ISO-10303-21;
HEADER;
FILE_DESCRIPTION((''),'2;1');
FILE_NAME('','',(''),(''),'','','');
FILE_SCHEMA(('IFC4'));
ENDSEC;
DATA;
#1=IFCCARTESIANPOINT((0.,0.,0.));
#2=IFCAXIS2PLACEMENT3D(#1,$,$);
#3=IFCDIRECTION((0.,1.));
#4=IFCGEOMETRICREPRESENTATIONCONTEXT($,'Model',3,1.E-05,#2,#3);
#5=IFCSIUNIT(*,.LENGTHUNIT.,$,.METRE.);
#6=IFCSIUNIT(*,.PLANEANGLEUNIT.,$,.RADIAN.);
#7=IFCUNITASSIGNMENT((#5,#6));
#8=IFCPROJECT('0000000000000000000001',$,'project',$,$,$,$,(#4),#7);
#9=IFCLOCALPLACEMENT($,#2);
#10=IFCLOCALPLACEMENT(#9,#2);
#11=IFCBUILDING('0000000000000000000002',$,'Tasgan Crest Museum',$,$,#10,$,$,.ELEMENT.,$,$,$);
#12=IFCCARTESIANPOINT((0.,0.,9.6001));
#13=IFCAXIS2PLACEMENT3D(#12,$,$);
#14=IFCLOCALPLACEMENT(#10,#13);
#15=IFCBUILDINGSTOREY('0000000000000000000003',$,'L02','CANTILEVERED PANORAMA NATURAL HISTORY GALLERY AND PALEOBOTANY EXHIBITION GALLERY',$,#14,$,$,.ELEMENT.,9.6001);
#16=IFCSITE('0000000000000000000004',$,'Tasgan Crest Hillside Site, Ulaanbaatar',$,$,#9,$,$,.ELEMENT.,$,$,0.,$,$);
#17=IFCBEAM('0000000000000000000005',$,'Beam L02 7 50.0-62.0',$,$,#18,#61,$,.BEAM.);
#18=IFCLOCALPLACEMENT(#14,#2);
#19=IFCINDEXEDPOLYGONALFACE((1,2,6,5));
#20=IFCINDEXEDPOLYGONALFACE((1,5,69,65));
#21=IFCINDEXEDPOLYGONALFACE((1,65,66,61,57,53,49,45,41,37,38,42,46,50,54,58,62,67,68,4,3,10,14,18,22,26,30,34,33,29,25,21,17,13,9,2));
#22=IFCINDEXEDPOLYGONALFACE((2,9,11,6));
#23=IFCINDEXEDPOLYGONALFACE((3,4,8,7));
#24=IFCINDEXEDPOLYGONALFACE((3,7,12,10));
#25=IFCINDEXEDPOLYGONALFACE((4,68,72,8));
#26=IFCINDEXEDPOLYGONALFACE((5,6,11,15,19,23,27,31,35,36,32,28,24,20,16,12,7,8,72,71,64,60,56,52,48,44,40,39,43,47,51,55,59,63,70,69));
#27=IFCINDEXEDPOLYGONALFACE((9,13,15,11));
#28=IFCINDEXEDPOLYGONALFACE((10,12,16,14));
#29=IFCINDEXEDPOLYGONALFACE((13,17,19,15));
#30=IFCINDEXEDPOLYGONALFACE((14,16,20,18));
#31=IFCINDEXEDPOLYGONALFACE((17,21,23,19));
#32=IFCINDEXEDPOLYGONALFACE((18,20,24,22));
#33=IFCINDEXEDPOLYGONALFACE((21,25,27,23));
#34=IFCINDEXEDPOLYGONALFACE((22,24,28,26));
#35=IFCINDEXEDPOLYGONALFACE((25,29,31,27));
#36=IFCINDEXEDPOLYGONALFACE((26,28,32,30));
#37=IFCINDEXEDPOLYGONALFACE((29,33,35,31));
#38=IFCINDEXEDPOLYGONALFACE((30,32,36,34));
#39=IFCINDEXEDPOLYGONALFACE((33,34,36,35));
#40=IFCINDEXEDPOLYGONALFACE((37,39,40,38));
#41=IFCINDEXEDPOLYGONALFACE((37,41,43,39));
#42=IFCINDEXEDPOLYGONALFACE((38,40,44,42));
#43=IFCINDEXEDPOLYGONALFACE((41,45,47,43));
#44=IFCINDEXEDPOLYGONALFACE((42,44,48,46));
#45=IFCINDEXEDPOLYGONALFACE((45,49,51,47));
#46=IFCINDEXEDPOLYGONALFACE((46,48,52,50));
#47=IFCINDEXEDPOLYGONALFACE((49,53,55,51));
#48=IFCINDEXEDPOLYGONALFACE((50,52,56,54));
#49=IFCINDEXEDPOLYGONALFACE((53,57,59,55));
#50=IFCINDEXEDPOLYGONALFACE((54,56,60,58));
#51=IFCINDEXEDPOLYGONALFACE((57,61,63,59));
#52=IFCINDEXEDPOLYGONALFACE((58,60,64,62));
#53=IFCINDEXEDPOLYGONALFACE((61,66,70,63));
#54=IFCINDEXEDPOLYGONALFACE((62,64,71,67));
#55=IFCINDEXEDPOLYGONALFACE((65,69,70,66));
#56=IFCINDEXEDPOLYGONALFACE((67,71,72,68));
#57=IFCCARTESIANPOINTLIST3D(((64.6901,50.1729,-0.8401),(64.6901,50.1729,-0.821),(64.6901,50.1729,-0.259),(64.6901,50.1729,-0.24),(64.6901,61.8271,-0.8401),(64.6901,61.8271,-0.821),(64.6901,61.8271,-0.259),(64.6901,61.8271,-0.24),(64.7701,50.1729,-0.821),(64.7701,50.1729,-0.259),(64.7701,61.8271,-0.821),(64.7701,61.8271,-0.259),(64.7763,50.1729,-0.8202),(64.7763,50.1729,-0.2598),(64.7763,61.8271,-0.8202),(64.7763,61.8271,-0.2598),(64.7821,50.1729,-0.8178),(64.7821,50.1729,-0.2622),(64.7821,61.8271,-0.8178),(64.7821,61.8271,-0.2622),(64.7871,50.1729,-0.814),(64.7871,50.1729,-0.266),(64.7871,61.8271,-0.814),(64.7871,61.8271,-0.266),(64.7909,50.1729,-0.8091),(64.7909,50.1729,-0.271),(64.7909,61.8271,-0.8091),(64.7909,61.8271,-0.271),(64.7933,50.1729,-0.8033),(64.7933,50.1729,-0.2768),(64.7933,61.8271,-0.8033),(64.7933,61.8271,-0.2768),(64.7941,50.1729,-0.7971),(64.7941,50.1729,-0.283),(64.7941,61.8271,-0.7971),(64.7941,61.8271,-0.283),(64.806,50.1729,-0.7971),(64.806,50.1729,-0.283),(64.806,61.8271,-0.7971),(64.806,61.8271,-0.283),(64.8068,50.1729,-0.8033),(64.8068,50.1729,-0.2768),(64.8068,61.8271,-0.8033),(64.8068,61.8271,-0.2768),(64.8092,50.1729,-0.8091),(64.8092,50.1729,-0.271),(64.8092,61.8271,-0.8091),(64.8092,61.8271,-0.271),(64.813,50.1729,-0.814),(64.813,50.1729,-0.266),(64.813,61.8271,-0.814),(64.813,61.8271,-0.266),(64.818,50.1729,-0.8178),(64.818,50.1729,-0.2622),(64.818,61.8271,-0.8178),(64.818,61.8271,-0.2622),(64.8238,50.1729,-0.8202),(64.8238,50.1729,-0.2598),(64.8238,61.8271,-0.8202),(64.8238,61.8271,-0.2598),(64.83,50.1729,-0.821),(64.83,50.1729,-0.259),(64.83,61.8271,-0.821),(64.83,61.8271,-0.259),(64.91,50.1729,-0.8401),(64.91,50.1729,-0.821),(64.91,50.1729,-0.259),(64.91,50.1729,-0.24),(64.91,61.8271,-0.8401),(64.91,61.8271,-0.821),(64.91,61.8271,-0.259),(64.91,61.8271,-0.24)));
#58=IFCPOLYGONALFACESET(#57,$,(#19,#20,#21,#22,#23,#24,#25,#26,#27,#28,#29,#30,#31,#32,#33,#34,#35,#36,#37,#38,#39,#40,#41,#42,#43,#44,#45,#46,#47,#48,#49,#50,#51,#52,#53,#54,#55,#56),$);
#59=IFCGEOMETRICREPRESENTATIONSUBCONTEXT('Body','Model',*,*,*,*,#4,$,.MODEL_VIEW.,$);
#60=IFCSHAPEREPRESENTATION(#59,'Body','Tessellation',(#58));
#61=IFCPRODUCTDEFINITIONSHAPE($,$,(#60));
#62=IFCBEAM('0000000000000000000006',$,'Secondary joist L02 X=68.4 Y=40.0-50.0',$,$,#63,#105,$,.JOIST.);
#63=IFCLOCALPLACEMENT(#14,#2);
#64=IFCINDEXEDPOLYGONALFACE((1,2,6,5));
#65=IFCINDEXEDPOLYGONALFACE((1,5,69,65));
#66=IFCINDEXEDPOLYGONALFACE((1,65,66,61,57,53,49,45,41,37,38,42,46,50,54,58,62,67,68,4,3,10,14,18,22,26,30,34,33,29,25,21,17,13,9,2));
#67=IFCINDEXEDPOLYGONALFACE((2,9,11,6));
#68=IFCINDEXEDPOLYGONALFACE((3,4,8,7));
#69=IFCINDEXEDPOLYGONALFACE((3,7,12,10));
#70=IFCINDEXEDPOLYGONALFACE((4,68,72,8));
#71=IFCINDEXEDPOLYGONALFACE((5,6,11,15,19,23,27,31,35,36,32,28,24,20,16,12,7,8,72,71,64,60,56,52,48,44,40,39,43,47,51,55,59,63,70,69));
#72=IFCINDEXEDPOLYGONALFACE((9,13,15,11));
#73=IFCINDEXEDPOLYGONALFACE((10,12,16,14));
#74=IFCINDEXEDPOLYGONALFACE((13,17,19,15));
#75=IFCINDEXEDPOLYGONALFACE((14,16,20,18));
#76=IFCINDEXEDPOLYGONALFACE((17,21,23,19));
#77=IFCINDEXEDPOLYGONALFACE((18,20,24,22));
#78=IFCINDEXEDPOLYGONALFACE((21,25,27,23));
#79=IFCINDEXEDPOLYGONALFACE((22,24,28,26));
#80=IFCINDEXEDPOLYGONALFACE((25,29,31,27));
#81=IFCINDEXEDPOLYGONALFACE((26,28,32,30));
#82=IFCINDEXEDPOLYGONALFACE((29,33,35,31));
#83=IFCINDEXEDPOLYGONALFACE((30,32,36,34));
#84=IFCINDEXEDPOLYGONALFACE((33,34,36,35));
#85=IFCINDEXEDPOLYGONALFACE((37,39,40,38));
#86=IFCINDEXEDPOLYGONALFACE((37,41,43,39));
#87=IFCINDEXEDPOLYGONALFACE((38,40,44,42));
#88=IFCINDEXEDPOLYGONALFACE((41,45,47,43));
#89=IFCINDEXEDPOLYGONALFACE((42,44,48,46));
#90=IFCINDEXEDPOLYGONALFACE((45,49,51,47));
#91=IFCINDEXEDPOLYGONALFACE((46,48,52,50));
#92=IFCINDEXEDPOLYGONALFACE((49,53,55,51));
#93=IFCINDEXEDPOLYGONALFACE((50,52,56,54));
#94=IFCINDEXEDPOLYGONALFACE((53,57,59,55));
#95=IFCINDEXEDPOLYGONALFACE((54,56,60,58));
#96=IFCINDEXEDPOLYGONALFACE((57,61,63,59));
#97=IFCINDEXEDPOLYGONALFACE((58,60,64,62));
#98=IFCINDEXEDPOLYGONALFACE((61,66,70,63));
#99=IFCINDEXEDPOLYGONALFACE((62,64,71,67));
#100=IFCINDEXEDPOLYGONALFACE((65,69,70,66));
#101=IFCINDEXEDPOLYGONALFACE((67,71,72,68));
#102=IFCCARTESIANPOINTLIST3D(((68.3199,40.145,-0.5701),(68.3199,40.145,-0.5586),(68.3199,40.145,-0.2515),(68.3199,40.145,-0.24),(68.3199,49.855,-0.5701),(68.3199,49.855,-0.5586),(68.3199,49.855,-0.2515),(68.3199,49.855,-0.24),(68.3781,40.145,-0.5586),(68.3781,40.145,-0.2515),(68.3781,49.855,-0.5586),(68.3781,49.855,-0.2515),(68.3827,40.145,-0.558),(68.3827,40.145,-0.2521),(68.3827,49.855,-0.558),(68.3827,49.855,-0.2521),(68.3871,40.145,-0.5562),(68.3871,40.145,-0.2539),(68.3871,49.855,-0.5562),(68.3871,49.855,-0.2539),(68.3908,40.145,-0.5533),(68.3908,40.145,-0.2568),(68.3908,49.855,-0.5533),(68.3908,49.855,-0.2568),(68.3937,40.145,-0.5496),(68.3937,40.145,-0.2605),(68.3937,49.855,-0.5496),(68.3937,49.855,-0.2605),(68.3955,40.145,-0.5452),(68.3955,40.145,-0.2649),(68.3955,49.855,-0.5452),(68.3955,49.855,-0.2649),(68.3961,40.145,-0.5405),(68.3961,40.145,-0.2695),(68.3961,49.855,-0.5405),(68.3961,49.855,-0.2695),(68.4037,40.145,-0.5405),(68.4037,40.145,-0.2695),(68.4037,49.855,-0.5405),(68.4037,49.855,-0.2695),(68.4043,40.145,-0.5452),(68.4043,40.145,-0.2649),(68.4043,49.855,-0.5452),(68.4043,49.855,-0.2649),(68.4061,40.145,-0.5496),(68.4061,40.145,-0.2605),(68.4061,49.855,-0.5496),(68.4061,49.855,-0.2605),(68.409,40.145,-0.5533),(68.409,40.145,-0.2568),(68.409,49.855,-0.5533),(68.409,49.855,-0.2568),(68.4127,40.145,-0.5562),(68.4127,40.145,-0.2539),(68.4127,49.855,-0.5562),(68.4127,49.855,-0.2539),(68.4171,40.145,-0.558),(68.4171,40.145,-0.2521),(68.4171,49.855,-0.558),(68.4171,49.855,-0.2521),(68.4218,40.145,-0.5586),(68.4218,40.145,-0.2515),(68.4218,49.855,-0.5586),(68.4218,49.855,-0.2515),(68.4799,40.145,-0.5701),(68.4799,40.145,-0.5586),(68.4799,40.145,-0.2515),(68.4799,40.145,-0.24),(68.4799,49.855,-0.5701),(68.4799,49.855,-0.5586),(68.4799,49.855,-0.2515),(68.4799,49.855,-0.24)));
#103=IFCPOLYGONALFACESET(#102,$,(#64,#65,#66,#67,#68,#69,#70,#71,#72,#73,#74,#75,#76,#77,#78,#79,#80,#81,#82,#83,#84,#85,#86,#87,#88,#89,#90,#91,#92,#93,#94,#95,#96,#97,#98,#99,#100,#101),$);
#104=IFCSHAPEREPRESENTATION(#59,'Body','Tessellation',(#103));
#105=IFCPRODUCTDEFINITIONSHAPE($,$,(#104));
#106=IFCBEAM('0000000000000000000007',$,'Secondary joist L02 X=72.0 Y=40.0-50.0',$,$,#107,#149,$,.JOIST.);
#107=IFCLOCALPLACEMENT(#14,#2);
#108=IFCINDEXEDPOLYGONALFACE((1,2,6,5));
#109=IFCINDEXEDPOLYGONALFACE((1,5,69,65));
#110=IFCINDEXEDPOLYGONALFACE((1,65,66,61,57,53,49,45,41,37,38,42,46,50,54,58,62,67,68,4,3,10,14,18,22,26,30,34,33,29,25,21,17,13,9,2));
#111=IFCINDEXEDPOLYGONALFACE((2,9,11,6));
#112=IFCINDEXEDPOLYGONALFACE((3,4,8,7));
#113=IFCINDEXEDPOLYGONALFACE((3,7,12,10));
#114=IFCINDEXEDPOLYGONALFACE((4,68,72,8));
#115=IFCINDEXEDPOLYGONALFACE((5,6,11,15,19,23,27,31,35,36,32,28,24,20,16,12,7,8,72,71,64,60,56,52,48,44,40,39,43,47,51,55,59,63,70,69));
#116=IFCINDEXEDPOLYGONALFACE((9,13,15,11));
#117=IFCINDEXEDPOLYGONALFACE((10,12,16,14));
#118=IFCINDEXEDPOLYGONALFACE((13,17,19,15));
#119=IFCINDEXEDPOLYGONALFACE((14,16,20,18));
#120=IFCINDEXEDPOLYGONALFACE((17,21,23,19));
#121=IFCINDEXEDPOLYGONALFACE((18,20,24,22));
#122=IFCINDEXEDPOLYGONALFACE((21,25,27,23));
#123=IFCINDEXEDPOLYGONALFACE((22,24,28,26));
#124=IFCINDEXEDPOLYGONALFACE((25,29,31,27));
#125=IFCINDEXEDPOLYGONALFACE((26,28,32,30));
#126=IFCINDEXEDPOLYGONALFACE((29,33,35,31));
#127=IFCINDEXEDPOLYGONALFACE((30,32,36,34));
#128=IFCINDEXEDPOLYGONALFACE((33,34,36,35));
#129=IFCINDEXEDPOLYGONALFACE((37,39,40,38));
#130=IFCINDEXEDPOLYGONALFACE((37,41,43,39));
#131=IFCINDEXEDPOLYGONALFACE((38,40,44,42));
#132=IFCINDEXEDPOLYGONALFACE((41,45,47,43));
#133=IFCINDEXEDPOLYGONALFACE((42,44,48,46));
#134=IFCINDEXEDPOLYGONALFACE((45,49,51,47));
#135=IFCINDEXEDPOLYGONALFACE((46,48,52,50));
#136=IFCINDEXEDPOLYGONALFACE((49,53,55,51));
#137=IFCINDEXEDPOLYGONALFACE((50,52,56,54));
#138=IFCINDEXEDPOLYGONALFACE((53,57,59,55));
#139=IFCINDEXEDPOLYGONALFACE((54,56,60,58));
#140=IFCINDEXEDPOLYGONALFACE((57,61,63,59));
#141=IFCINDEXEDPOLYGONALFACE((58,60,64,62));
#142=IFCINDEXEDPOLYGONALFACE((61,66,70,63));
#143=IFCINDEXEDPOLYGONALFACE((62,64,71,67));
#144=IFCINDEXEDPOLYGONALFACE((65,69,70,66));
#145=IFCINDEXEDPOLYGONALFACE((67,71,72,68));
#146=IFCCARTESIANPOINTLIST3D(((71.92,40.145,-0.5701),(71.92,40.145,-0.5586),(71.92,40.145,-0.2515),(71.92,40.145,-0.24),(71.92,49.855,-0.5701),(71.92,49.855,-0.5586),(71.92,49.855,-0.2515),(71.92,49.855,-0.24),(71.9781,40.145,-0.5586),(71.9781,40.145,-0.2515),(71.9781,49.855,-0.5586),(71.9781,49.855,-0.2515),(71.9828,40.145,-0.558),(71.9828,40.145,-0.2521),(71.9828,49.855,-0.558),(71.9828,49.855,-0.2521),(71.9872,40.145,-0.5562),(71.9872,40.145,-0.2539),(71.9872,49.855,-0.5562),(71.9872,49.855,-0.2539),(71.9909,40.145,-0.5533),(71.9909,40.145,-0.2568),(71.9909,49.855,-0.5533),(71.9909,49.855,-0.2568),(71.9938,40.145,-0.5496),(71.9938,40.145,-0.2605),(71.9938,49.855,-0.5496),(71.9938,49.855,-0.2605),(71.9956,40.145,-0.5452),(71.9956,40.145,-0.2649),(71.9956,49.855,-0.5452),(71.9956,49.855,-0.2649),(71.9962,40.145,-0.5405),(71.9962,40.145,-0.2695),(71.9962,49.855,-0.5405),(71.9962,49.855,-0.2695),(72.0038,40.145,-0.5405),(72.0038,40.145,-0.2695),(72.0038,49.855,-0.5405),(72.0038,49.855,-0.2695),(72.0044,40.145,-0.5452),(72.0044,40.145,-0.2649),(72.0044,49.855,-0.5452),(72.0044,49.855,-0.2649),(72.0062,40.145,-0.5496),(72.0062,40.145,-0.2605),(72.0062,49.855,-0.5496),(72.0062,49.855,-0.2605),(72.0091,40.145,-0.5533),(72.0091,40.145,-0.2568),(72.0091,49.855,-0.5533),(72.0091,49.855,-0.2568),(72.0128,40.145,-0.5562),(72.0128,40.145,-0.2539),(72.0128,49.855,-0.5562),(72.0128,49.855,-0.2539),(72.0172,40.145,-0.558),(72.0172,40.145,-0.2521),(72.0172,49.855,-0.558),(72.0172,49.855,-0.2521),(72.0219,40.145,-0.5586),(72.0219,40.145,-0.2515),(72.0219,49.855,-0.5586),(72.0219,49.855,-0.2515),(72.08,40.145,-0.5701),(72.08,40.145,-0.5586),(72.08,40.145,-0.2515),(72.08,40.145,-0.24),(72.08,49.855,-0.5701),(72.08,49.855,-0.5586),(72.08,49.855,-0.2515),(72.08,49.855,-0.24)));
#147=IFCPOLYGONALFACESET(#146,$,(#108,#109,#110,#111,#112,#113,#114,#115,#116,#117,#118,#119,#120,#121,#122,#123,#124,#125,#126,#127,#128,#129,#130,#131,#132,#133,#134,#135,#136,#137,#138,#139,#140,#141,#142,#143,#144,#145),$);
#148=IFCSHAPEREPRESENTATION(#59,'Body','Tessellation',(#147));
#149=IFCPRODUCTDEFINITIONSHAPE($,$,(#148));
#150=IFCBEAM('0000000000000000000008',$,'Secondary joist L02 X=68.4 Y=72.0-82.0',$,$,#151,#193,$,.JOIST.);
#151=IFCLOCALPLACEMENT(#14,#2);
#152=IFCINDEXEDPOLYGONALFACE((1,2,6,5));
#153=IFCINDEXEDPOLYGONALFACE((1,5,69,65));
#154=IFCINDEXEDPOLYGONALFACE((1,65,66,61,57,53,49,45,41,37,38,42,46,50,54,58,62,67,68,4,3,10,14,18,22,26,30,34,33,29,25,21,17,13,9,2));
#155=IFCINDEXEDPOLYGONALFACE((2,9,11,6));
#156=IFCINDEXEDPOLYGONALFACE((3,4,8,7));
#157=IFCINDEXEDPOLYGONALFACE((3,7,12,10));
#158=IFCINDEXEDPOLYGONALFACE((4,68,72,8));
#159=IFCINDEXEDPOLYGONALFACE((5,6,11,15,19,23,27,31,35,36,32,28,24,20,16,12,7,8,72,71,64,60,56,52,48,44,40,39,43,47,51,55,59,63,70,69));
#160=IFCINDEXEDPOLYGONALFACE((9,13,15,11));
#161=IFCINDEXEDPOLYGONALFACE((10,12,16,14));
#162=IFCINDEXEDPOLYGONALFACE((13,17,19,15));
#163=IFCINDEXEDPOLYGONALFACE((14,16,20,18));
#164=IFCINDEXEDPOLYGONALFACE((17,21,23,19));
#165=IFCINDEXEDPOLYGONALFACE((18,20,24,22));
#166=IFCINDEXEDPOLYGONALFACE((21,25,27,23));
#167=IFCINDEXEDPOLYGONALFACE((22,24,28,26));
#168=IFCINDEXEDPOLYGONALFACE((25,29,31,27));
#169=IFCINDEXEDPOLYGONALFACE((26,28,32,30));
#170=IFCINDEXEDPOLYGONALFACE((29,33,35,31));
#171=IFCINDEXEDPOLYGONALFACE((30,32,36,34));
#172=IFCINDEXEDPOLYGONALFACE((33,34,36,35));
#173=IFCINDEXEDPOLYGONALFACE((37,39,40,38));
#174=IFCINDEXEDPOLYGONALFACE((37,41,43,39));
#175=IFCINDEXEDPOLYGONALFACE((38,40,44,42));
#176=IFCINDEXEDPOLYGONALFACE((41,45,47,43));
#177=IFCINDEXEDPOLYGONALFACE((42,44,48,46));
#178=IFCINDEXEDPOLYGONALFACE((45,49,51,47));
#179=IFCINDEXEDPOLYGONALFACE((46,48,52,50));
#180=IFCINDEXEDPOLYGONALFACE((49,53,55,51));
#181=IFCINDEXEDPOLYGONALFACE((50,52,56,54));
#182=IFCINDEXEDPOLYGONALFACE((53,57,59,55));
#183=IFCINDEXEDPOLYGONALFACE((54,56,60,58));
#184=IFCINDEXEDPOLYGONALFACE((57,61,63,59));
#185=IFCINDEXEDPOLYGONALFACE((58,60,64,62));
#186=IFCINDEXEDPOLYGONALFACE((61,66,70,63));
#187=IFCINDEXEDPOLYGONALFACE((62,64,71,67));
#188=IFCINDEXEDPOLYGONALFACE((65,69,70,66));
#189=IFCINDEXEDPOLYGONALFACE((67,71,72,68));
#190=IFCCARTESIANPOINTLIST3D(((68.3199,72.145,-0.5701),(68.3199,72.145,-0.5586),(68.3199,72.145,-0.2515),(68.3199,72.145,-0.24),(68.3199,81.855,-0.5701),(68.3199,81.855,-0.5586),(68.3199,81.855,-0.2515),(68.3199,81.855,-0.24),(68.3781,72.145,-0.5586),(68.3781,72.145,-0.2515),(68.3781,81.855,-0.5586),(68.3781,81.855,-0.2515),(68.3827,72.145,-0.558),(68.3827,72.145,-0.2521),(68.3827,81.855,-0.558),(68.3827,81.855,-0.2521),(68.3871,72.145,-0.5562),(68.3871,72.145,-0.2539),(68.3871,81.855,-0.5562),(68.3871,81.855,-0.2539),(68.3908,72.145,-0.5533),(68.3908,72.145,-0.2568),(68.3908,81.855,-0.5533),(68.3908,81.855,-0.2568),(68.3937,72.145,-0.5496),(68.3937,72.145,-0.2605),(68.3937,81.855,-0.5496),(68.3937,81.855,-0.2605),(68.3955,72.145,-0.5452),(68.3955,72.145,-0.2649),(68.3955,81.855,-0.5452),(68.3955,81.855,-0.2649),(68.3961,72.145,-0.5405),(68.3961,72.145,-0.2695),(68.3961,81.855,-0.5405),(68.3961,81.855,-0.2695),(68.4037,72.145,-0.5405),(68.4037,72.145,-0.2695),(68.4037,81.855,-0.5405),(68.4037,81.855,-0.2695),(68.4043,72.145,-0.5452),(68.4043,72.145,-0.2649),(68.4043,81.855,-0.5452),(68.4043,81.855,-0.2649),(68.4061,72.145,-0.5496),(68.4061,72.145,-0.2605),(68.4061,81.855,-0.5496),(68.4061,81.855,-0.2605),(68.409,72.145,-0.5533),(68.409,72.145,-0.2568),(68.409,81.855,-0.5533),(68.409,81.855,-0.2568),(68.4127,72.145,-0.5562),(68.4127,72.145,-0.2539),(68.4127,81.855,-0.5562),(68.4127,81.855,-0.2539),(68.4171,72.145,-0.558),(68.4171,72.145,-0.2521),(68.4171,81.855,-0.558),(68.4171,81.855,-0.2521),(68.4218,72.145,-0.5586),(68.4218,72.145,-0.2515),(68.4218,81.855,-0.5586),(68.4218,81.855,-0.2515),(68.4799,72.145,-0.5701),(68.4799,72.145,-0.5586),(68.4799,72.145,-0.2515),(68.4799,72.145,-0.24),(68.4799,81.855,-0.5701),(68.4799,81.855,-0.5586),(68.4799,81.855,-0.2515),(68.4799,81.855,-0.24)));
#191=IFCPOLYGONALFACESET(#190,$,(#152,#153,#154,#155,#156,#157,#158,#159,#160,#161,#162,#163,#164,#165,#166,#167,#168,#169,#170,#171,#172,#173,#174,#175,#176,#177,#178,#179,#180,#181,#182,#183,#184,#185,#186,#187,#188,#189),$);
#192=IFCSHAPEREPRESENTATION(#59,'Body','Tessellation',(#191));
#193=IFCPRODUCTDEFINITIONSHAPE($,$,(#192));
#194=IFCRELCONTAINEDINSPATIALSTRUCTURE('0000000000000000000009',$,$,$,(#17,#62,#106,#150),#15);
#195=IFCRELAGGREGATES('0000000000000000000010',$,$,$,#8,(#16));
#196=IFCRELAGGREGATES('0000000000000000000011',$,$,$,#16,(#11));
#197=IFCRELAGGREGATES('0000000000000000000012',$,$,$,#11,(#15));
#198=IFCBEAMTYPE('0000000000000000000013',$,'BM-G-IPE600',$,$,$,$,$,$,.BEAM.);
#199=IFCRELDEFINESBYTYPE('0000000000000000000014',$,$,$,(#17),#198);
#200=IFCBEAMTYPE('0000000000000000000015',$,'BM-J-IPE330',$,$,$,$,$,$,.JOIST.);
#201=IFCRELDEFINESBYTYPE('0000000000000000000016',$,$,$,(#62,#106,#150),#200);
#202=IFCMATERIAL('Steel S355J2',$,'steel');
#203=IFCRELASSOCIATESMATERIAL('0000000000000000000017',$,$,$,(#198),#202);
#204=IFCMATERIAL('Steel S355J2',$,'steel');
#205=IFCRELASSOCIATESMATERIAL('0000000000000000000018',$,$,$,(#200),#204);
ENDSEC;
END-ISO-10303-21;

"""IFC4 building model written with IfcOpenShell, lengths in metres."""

from ifc_helpers import new_model, si_unit, direction, frame, origin, origin_2d, place, context, subcontext, project, spatial, i_section, extrude, material, material_profile, profile_set, type_object, element, save


model = new_model("IFC4")

# Units and contexts
model_context = context("Model", 3, precision=1e-05, world=origin(), true_north=direction((0.0, 1.0)))
body_context = subcontext(model_context, "Body", "Model", "MODEL_VIEW")
ifc_project = project(units=[si_unit("LENGTHUNIT", "METRE"), si_unit("PLANEANGLEUNIT", "RADIAN")], contexts=[model_context])

# Site, building, storey
site_placement = place(None, origin())
site = spatial("IfcSite", under=ifc_project, at=site_placement, Name="Tasgan Crest Hillside Site, Ulaanbaatar", CompositionType="ELEMENT", RefElevation=0.0)
building_placement = place(site_placement, origin())
building = spatial("IfcBuilding", under=site, at=building_placement, Name="Tasgan Crest Museum", CompositionType="ELEMENT")
storey_placement = place(building_placement, frame((0.0, 0.0, 9.6001)))
storey = spatial("IfcBuildingStorey", under=building, at=storey_placement, Name="L02", Description="CANTILEVERED PANORAMA NATURAL HISTORY GALLERY AND PALEOBOTANY EXHIBITION GALLERY", CompositionType="ELEMENT", Elevation=9.6001)

# Beams
ifc_material_1 = material(Name="Steel S355J2", Category="steel")
ifc_material_profile_1 = material_profile(ifc_material_1, i_section(OverallWidth=0.22, OverallDepth=0.6001, WebThickness=0.012, FlangeThickness=0.019, FilletRadius=0.0239, at=origin_2d()), Name="IPE 600")
ifc_profile_set_1 = profile_set([ifc_material_profile_1], Name="Steel S355J2")
beam_type_1 = type_object("IfcBeamType", Name="BM-G-IPE600", PredefinedType="BEAM", material=ifc_profile_set_1)
beam_1_placement = place(storey_placement, frame((64.8, 50.1729, -0.54), z_axis=(0.0, 1.0, 0.0), x_axis=(-1.0, 0.0, 0.0)))
element("IfcBeam", 1, at=beam_1_placement, inside=storey, type_object=beam_type_1, Name="Beam L02 7 50.0-62.0", PredefinedType="BEAM", context=body_context, shape_type="SweptSolid", body=[
    extrude(i_section(OverallWidth=0.22, OverallDepth=0.6001, WebThickness=0.012, FlangeThickness=0.019, FilletRadius=0.0239, at=origin_2d()), origin(), (0.0, 0.0, 1.0), 11.6543),
])
ifc_material_2 = material(Name="Steel S355J2", Category="steel")
ifc_material_profile_2 = material_profile(ifc_material_2, i_section(OverallWidth=0.1599, OverallDepth=0.3301, WebThickness=0.0076, FlangeThickness=0.0115, FilletRadius=0.0181, at=origin_2d()), Name="IPE 330")
ifc_profile_set_2 = profile_set([ifc_material_profile_2], Name="Steel S355J2")
beam_type_2 = type_object("IfcBeamType", Name="BM-J-IPE330", PredefinedType="JOIST", material=ifc_profile_set_2)
for number, where, z_axis, x_axis, name in (
    (2, (68.3999, 40.145, -0.405), (0.0, 1.0, 0.0), (-1.0, 0.0, 0.0), "Secondary joist L02 X=68.4 Y=40.0-50.0"),
    (3, (72.0, 40.145, -0.405), (0.0, 1.0, 0.0), (-1.0, 0.0, 0.0), "Secondary joist L02 X=72.0 Y=40.0-50.0"),
    (4, (68.3999, 72.145, -0.405), (0.0, 1.0, 0.0), (-1.0, 0.0, 0.0), "Secondary joist L02 X=68.4 Y=72.0-82.0"),
):
    element("IfcBeam", number, at=place(storey_placement, frame(where, z_axis=z_axis, x_axis=x_axis)), inside=storey, type_object=beam_type_2, Name=name, PredefinedType="JOIST", context=body_context, shape_type="SweptSolid", body=[
        extrude(i_section(OverallWidth=0.1599, OverallDepth=0.3301, WebThickness=0.0076, FlangeThickness=0.0115, FilletRadius=0.0181, at=origin_2d()), origin(), (0.0, 0.0, 1.0), 9.71),
    ])

save(model, "model.ifc")
